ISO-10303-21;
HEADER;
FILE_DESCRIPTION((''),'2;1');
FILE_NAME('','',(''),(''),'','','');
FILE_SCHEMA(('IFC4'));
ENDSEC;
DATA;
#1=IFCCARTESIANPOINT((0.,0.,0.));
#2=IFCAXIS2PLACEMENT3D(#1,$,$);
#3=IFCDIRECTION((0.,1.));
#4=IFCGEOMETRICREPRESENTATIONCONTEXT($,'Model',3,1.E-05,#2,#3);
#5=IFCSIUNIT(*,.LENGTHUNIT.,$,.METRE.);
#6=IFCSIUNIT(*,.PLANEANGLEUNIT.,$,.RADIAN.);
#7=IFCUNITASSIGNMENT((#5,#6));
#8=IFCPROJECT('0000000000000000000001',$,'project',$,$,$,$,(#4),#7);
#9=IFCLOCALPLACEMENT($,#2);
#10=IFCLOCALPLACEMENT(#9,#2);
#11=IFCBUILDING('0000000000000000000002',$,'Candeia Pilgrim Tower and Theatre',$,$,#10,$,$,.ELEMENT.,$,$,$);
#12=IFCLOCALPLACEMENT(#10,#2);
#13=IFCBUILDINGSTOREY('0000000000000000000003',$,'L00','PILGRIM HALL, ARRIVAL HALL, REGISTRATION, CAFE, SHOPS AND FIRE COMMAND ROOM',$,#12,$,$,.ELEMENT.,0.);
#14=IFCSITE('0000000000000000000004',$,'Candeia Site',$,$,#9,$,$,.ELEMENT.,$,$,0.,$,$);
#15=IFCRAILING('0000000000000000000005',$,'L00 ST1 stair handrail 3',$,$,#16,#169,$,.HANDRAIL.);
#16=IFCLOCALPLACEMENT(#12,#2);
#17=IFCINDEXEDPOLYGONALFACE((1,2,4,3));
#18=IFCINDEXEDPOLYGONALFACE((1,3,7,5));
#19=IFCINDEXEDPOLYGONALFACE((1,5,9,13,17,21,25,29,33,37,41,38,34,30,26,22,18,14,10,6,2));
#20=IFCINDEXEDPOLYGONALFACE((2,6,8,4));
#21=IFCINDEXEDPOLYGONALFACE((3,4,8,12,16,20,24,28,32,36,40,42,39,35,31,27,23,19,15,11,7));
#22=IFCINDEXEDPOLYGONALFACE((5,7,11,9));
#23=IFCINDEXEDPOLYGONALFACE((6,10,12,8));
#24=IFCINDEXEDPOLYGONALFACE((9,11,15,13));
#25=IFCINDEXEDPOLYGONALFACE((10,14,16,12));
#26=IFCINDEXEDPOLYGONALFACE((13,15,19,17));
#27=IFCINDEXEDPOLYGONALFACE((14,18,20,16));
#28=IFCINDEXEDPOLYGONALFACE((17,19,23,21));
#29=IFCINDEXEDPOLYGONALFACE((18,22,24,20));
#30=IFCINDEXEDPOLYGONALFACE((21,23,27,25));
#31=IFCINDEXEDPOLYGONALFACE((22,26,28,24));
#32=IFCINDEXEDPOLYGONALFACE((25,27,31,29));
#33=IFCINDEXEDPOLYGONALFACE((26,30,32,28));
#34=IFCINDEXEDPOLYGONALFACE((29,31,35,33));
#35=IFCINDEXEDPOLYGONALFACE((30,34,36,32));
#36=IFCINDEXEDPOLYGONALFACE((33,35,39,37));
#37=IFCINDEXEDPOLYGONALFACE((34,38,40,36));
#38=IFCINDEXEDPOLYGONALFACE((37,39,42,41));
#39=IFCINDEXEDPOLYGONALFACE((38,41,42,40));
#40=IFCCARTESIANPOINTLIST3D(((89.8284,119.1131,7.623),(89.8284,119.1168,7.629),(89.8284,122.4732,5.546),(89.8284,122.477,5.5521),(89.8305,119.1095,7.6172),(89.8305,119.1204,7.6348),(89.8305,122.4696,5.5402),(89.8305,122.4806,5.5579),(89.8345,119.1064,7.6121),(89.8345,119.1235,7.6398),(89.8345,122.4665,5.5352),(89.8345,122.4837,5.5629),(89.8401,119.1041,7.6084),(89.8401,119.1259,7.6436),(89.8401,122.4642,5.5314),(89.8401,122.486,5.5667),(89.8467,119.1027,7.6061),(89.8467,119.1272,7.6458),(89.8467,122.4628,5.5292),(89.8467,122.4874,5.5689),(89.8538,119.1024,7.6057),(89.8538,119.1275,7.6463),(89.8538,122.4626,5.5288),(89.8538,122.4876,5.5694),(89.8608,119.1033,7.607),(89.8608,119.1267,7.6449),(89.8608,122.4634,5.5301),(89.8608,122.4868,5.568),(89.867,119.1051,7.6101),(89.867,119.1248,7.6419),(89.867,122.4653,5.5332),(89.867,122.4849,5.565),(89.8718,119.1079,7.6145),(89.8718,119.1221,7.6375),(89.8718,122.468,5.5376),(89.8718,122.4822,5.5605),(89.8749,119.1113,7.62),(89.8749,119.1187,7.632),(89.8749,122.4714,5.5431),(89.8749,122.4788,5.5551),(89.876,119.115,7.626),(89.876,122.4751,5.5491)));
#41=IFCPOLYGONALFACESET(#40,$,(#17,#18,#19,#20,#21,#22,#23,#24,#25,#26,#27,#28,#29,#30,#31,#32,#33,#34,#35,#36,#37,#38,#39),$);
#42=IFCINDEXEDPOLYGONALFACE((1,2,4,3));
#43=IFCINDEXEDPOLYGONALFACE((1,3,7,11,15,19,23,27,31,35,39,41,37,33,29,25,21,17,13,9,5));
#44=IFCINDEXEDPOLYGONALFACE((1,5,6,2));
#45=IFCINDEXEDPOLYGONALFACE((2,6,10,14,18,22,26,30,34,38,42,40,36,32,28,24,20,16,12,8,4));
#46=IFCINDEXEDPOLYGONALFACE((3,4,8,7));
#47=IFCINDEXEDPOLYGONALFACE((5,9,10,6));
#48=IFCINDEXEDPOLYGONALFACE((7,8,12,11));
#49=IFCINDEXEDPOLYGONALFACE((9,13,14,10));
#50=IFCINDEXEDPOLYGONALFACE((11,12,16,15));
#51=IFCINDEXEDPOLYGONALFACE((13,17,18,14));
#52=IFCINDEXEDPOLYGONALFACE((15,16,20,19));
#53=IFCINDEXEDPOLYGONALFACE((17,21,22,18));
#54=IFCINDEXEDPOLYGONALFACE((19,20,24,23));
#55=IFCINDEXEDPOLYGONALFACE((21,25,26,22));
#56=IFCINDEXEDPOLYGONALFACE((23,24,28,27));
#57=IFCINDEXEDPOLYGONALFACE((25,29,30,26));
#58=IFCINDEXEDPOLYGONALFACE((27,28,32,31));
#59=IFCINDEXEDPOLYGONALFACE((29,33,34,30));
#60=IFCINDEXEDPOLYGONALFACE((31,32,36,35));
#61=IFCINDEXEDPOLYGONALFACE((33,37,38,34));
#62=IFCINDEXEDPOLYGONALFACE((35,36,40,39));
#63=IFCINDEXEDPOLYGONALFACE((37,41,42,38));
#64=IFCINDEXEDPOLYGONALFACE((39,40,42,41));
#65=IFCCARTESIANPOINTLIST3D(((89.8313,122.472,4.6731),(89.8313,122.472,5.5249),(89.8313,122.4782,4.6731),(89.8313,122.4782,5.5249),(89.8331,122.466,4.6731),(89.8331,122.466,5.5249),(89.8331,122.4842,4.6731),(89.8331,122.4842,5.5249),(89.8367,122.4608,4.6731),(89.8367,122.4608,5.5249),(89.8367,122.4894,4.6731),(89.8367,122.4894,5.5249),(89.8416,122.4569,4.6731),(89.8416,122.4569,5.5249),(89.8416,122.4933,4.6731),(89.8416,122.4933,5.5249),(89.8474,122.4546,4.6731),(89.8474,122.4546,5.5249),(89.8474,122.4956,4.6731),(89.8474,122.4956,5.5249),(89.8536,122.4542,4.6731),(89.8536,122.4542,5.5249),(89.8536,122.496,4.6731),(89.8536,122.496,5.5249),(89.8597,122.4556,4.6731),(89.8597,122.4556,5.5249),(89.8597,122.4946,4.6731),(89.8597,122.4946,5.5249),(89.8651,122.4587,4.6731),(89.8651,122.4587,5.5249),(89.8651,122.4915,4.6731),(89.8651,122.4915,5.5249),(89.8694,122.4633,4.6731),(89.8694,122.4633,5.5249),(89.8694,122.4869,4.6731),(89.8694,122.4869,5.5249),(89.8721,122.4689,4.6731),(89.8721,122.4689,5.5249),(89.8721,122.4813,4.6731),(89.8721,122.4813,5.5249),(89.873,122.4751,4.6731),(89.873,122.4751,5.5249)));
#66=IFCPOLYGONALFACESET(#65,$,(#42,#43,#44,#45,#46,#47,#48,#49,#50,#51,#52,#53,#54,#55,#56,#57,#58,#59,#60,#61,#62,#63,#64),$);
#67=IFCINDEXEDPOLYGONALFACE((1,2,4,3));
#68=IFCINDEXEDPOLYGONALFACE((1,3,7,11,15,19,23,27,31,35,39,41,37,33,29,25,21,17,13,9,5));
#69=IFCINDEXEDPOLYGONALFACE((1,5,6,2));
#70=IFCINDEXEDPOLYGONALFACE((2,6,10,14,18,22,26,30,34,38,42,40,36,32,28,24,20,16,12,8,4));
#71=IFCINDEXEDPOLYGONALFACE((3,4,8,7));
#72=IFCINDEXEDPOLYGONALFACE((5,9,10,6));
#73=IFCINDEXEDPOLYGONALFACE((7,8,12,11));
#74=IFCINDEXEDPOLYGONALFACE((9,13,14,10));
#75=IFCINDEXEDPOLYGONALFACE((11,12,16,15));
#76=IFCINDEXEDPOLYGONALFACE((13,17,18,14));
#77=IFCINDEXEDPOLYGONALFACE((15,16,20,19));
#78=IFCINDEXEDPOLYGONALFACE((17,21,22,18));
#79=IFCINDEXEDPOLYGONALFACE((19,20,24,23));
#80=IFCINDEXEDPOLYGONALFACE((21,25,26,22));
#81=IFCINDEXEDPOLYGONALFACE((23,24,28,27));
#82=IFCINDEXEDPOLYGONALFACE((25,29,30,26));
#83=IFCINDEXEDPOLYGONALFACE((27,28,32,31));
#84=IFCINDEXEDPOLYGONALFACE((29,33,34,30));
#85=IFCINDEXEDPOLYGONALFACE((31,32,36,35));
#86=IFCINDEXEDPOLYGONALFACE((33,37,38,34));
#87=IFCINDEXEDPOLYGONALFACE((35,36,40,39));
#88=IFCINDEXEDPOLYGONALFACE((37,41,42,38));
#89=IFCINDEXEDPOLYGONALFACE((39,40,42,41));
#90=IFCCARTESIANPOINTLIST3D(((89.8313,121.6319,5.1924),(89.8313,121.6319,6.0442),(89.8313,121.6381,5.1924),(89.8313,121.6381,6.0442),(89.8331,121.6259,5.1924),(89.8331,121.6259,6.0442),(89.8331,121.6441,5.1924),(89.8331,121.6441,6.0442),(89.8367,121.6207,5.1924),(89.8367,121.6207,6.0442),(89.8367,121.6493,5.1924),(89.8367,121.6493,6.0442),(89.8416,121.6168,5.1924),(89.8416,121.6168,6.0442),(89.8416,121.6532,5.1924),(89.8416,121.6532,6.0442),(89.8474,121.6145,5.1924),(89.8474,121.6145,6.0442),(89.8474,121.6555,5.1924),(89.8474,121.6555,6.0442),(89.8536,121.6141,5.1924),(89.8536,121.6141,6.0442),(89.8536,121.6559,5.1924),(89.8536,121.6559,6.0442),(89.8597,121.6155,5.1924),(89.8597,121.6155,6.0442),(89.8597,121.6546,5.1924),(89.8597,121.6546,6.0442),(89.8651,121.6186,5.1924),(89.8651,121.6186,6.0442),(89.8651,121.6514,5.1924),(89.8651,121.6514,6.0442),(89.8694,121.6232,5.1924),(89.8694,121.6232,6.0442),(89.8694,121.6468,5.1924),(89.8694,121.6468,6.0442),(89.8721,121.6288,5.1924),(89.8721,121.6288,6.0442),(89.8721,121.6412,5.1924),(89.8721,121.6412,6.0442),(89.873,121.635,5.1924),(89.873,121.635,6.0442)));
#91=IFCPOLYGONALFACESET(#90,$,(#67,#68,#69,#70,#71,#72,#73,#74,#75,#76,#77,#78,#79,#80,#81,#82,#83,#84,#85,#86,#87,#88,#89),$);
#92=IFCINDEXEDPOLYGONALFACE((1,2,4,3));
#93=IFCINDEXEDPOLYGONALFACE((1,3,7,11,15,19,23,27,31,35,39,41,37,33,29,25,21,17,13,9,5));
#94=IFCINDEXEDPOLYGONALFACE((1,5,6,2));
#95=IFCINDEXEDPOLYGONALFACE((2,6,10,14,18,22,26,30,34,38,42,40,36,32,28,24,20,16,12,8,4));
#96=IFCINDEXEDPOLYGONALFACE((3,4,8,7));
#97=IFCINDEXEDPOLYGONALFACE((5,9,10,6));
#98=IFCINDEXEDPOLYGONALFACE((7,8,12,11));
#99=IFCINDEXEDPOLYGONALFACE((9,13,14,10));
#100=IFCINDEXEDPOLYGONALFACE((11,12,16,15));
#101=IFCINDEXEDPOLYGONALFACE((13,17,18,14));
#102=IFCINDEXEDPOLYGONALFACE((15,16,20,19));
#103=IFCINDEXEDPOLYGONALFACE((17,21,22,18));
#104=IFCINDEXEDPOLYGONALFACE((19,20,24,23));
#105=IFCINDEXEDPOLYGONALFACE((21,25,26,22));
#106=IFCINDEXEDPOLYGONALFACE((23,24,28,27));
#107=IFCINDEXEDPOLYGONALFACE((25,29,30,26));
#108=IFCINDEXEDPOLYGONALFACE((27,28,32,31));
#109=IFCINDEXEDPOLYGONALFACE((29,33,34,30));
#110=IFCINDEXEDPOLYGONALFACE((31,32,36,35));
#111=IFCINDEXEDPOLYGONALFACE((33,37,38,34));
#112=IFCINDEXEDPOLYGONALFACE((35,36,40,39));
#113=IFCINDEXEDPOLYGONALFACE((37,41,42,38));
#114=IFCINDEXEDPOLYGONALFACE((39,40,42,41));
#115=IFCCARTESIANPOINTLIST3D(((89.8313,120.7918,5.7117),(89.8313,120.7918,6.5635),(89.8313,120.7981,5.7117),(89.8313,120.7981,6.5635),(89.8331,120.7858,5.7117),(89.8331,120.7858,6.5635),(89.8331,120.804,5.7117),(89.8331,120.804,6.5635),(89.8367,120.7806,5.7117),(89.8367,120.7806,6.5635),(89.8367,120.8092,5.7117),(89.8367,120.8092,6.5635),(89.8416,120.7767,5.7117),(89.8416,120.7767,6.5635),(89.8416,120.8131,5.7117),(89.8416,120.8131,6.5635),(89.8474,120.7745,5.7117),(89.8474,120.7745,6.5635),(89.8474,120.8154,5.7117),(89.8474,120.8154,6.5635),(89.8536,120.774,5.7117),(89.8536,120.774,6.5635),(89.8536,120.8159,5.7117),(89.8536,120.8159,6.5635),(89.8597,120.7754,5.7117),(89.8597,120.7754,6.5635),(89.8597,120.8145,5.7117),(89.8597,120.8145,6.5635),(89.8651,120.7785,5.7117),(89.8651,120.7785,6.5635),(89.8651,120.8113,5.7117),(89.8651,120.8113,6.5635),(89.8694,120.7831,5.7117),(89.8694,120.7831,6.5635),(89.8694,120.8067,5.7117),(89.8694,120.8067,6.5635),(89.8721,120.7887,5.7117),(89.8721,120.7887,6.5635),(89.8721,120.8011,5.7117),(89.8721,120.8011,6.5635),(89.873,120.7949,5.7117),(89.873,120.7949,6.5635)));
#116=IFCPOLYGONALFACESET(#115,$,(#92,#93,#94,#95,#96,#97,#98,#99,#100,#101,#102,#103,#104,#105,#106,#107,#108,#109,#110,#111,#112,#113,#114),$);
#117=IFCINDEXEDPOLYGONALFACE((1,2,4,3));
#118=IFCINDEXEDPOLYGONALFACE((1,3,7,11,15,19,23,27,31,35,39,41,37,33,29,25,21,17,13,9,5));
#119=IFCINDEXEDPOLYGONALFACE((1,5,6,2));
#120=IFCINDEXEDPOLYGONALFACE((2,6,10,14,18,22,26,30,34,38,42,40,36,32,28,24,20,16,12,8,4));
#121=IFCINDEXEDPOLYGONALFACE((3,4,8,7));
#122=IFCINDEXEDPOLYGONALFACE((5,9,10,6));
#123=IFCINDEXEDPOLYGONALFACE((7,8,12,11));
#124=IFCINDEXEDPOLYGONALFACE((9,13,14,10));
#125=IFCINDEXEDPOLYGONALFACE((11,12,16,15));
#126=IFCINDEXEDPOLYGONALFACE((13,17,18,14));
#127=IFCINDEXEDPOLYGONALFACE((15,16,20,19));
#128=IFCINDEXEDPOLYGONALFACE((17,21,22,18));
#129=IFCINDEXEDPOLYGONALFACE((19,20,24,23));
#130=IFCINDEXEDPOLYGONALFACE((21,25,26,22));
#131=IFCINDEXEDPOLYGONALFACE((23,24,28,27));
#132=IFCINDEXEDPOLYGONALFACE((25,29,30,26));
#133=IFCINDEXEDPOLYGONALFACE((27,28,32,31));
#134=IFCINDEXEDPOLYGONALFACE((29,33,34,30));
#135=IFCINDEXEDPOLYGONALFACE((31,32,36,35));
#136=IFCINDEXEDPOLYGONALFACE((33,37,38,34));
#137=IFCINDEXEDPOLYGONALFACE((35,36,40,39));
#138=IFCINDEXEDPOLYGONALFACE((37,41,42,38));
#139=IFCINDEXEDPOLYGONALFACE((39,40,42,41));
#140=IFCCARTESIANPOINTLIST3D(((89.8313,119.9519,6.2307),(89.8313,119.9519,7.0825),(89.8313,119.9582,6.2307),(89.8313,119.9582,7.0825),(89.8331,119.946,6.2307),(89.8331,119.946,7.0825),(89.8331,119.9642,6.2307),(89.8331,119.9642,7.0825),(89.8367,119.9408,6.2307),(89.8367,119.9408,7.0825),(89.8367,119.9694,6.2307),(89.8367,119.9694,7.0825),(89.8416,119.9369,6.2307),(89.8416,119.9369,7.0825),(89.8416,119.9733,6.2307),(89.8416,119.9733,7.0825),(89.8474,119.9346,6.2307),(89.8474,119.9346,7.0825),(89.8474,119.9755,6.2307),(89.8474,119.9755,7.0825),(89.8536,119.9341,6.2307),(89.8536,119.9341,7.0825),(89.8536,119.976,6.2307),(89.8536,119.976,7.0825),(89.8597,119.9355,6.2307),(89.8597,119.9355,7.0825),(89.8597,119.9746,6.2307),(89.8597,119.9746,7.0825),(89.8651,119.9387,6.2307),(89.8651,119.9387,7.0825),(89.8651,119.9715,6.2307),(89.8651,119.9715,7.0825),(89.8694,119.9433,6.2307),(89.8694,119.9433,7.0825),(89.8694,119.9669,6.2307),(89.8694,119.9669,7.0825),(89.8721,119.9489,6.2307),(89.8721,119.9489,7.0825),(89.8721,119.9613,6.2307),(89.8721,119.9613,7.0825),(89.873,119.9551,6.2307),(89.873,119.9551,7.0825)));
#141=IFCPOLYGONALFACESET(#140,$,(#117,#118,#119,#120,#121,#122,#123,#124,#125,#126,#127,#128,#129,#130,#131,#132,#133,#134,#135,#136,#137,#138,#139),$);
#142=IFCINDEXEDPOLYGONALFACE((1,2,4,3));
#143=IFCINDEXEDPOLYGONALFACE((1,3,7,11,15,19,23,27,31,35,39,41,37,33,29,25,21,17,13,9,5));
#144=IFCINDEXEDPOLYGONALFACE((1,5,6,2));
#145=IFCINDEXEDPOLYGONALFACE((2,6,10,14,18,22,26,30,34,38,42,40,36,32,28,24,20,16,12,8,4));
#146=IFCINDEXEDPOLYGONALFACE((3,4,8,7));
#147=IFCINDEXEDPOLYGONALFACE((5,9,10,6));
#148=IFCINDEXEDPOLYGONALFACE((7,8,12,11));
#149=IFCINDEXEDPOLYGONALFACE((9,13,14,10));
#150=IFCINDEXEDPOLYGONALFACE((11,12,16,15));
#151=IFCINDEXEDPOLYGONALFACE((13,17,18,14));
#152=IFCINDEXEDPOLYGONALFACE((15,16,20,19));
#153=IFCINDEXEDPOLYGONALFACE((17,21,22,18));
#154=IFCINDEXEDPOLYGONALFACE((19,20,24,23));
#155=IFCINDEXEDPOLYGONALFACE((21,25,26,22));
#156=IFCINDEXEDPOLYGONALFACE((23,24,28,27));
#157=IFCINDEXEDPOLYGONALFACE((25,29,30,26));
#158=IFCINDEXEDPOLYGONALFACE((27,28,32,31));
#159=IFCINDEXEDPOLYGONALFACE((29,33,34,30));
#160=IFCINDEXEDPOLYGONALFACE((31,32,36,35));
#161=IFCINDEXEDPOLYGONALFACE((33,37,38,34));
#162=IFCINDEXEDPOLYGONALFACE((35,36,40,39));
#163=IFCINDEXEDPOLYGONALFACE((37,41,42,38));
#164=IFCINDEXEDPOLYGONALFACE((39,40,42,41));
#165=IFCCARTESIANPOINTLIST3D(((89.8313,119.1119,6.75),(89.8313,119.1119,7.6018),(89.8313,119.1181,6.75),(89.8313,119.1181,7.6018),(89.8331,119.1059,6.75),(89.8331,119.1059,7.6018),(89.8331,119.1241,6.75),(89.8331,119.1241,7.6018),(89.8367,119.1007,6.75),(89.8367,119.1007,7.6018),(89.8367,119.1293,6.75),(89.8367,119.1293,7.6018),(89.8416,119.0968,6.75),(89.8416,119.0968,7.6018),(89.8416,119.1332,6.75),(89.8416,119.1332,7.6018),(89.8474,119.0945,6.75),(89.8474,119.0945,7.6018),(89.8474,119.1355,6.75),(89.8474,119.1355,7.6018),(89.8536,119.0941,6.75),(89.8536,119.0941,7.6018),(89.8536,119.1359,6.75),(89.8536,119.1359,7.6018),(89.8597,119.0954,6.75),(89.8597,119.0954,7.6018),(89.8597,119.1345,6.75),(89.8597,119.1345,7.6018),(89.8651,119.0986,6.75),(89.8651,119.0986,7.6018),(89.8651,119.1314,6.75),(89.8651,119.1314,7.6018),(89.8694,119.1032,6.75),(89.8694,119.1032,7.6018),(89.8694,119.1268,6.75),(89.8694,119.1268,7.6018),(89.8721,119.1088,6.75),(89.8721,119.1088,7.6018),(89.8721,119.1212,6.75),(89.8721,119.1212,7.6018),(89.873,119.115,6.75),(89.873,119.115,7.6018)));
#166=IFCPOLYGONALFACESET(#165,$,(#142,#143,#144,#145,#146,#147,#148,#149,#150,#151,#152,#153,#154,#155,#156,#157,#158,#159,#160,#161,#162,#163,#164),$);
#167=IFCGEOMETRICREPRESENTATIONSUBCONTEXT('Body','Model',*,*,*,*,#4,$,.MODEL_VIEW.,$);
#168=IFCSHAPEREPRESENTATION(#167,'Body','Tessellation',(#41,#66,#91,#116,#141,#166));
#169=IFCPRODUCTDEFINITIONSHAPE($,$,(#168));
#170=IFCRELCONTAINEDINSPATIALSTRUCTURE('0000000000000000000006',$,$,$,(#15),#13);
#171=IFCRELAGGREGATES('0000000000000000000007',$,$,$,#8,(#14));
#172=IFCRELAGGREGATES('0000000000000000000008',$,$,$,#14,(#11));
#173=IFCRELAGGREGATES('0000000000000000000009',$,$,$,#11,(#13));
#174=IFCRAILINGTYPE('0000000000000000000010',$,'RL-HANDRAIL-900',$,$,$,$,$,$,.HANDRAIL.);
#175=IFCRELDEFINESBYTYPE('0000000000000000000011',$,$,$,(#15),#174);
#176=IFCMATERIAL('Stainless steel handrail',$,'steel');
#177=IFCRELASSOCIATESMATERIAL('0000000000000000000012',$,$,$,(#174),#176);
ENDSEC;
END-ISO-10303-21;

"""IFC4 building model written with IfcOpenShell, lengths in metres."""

from ifc_helpers import new_model, si_unit, direction, frame, origin, origin_2d, place, context, subcontext, project, spatial, circle, extrude, material, type_object, element, save


model = new_model("IFC4")

# Units and contexts
model_context = context("Model", 3, precision=1e-05, world=origin(), true_north=direction((0.0, 1.0)))
body_context = subcontext(model_context, "Body", "Model", "MODEL_VIEW")
ifc_project = project(units=[si_unit("LENGTHUNIT", "METRE"), si_unit("PLANEANGLEUNIT", "RADIAN")], contexts=[model_context])

# Site, building, storey
site_placement = place(None, origin())
site = spatial("IfcSite", under=ifc_project, at=site_placement, Name="Candeia Site", CompositionType="ELEMENT", RefElevation=0.0)
building_placement = place(site_placement, origin())
building = spatial("IfcBuilding", under=site, at=building_placement, Name="Candeia Pilgrim Tower and Theatre", CompositionType="ELEMENT")
storey_placement = place(building_placement, origin())
storey = spatial("IfcBuildingStorey", under=building, at=storey_placement, Name="L00", Description="PILGRIM HALL, ARRIVAL HALL, REGISTRATION, CAFE, SHOPS AND FIRE COMMAND ROOM", CompositionType="ELEMENT", Elevation=0.0)

# Railing
ifc_material_1 = material(Name="Stainless steel handrail", Category="steel")
railing_type_1 = type_object("IfcRailingType", Name="RL-HANDRAIL-900", PredefinedType="HANDRAIL", material=ifc_material_1)
railing_1_placement = place(storey_placement, frame((89.8521, 122.4751, 4.6731)))
element("IfcRailing", 1, at=railing_1_placement, inside=storey, type_object=railing_type_1, Name="L00 ST1 stair handrail 3", PredefinedType="HANDRAIL", context=body_context, shape_type="SweptSolid", body=[
    extrude(circle(Radius=0.0239, at=origin_2d()), frame((0.0, 0.0, 0.876), z_axis=(0.0, -0.850623, 0.525776), x_axis=(1.0, 0.0, 0.0)), (0.0, 0.0, 1.0), 3.9502),
    extrude(circle(Radius=0.021, at=origin_2d()), origin(), (0.0, 0.0, 1.0), 0.8518),
    extrude(circle(Radius=0.021, at=origin_2d()), frame((0.0, -0.8401, 0.5193)), (0.0, 0.0, 1.0), 0.8518),
    extrude(circle(Radius=0.021, at=origin_2d()), frame((0.0, -1.6802, 1.0386)), (0.0, 0.0, 1.0), 0.8518),
    extrude(circle(Radius=0.021, at=origin_2d()), frame((0.0, -2.52, 1.5576)), (0.0, 0.0, 1.0), 0.8518),
    extrude(circle(Radius=0.021, at=origin_2d()), frame((0.0, -3.3601, 2.0769)), (0.0, 0.0, 1.0), 0.8518),
])

save(model, "model.ifc")
